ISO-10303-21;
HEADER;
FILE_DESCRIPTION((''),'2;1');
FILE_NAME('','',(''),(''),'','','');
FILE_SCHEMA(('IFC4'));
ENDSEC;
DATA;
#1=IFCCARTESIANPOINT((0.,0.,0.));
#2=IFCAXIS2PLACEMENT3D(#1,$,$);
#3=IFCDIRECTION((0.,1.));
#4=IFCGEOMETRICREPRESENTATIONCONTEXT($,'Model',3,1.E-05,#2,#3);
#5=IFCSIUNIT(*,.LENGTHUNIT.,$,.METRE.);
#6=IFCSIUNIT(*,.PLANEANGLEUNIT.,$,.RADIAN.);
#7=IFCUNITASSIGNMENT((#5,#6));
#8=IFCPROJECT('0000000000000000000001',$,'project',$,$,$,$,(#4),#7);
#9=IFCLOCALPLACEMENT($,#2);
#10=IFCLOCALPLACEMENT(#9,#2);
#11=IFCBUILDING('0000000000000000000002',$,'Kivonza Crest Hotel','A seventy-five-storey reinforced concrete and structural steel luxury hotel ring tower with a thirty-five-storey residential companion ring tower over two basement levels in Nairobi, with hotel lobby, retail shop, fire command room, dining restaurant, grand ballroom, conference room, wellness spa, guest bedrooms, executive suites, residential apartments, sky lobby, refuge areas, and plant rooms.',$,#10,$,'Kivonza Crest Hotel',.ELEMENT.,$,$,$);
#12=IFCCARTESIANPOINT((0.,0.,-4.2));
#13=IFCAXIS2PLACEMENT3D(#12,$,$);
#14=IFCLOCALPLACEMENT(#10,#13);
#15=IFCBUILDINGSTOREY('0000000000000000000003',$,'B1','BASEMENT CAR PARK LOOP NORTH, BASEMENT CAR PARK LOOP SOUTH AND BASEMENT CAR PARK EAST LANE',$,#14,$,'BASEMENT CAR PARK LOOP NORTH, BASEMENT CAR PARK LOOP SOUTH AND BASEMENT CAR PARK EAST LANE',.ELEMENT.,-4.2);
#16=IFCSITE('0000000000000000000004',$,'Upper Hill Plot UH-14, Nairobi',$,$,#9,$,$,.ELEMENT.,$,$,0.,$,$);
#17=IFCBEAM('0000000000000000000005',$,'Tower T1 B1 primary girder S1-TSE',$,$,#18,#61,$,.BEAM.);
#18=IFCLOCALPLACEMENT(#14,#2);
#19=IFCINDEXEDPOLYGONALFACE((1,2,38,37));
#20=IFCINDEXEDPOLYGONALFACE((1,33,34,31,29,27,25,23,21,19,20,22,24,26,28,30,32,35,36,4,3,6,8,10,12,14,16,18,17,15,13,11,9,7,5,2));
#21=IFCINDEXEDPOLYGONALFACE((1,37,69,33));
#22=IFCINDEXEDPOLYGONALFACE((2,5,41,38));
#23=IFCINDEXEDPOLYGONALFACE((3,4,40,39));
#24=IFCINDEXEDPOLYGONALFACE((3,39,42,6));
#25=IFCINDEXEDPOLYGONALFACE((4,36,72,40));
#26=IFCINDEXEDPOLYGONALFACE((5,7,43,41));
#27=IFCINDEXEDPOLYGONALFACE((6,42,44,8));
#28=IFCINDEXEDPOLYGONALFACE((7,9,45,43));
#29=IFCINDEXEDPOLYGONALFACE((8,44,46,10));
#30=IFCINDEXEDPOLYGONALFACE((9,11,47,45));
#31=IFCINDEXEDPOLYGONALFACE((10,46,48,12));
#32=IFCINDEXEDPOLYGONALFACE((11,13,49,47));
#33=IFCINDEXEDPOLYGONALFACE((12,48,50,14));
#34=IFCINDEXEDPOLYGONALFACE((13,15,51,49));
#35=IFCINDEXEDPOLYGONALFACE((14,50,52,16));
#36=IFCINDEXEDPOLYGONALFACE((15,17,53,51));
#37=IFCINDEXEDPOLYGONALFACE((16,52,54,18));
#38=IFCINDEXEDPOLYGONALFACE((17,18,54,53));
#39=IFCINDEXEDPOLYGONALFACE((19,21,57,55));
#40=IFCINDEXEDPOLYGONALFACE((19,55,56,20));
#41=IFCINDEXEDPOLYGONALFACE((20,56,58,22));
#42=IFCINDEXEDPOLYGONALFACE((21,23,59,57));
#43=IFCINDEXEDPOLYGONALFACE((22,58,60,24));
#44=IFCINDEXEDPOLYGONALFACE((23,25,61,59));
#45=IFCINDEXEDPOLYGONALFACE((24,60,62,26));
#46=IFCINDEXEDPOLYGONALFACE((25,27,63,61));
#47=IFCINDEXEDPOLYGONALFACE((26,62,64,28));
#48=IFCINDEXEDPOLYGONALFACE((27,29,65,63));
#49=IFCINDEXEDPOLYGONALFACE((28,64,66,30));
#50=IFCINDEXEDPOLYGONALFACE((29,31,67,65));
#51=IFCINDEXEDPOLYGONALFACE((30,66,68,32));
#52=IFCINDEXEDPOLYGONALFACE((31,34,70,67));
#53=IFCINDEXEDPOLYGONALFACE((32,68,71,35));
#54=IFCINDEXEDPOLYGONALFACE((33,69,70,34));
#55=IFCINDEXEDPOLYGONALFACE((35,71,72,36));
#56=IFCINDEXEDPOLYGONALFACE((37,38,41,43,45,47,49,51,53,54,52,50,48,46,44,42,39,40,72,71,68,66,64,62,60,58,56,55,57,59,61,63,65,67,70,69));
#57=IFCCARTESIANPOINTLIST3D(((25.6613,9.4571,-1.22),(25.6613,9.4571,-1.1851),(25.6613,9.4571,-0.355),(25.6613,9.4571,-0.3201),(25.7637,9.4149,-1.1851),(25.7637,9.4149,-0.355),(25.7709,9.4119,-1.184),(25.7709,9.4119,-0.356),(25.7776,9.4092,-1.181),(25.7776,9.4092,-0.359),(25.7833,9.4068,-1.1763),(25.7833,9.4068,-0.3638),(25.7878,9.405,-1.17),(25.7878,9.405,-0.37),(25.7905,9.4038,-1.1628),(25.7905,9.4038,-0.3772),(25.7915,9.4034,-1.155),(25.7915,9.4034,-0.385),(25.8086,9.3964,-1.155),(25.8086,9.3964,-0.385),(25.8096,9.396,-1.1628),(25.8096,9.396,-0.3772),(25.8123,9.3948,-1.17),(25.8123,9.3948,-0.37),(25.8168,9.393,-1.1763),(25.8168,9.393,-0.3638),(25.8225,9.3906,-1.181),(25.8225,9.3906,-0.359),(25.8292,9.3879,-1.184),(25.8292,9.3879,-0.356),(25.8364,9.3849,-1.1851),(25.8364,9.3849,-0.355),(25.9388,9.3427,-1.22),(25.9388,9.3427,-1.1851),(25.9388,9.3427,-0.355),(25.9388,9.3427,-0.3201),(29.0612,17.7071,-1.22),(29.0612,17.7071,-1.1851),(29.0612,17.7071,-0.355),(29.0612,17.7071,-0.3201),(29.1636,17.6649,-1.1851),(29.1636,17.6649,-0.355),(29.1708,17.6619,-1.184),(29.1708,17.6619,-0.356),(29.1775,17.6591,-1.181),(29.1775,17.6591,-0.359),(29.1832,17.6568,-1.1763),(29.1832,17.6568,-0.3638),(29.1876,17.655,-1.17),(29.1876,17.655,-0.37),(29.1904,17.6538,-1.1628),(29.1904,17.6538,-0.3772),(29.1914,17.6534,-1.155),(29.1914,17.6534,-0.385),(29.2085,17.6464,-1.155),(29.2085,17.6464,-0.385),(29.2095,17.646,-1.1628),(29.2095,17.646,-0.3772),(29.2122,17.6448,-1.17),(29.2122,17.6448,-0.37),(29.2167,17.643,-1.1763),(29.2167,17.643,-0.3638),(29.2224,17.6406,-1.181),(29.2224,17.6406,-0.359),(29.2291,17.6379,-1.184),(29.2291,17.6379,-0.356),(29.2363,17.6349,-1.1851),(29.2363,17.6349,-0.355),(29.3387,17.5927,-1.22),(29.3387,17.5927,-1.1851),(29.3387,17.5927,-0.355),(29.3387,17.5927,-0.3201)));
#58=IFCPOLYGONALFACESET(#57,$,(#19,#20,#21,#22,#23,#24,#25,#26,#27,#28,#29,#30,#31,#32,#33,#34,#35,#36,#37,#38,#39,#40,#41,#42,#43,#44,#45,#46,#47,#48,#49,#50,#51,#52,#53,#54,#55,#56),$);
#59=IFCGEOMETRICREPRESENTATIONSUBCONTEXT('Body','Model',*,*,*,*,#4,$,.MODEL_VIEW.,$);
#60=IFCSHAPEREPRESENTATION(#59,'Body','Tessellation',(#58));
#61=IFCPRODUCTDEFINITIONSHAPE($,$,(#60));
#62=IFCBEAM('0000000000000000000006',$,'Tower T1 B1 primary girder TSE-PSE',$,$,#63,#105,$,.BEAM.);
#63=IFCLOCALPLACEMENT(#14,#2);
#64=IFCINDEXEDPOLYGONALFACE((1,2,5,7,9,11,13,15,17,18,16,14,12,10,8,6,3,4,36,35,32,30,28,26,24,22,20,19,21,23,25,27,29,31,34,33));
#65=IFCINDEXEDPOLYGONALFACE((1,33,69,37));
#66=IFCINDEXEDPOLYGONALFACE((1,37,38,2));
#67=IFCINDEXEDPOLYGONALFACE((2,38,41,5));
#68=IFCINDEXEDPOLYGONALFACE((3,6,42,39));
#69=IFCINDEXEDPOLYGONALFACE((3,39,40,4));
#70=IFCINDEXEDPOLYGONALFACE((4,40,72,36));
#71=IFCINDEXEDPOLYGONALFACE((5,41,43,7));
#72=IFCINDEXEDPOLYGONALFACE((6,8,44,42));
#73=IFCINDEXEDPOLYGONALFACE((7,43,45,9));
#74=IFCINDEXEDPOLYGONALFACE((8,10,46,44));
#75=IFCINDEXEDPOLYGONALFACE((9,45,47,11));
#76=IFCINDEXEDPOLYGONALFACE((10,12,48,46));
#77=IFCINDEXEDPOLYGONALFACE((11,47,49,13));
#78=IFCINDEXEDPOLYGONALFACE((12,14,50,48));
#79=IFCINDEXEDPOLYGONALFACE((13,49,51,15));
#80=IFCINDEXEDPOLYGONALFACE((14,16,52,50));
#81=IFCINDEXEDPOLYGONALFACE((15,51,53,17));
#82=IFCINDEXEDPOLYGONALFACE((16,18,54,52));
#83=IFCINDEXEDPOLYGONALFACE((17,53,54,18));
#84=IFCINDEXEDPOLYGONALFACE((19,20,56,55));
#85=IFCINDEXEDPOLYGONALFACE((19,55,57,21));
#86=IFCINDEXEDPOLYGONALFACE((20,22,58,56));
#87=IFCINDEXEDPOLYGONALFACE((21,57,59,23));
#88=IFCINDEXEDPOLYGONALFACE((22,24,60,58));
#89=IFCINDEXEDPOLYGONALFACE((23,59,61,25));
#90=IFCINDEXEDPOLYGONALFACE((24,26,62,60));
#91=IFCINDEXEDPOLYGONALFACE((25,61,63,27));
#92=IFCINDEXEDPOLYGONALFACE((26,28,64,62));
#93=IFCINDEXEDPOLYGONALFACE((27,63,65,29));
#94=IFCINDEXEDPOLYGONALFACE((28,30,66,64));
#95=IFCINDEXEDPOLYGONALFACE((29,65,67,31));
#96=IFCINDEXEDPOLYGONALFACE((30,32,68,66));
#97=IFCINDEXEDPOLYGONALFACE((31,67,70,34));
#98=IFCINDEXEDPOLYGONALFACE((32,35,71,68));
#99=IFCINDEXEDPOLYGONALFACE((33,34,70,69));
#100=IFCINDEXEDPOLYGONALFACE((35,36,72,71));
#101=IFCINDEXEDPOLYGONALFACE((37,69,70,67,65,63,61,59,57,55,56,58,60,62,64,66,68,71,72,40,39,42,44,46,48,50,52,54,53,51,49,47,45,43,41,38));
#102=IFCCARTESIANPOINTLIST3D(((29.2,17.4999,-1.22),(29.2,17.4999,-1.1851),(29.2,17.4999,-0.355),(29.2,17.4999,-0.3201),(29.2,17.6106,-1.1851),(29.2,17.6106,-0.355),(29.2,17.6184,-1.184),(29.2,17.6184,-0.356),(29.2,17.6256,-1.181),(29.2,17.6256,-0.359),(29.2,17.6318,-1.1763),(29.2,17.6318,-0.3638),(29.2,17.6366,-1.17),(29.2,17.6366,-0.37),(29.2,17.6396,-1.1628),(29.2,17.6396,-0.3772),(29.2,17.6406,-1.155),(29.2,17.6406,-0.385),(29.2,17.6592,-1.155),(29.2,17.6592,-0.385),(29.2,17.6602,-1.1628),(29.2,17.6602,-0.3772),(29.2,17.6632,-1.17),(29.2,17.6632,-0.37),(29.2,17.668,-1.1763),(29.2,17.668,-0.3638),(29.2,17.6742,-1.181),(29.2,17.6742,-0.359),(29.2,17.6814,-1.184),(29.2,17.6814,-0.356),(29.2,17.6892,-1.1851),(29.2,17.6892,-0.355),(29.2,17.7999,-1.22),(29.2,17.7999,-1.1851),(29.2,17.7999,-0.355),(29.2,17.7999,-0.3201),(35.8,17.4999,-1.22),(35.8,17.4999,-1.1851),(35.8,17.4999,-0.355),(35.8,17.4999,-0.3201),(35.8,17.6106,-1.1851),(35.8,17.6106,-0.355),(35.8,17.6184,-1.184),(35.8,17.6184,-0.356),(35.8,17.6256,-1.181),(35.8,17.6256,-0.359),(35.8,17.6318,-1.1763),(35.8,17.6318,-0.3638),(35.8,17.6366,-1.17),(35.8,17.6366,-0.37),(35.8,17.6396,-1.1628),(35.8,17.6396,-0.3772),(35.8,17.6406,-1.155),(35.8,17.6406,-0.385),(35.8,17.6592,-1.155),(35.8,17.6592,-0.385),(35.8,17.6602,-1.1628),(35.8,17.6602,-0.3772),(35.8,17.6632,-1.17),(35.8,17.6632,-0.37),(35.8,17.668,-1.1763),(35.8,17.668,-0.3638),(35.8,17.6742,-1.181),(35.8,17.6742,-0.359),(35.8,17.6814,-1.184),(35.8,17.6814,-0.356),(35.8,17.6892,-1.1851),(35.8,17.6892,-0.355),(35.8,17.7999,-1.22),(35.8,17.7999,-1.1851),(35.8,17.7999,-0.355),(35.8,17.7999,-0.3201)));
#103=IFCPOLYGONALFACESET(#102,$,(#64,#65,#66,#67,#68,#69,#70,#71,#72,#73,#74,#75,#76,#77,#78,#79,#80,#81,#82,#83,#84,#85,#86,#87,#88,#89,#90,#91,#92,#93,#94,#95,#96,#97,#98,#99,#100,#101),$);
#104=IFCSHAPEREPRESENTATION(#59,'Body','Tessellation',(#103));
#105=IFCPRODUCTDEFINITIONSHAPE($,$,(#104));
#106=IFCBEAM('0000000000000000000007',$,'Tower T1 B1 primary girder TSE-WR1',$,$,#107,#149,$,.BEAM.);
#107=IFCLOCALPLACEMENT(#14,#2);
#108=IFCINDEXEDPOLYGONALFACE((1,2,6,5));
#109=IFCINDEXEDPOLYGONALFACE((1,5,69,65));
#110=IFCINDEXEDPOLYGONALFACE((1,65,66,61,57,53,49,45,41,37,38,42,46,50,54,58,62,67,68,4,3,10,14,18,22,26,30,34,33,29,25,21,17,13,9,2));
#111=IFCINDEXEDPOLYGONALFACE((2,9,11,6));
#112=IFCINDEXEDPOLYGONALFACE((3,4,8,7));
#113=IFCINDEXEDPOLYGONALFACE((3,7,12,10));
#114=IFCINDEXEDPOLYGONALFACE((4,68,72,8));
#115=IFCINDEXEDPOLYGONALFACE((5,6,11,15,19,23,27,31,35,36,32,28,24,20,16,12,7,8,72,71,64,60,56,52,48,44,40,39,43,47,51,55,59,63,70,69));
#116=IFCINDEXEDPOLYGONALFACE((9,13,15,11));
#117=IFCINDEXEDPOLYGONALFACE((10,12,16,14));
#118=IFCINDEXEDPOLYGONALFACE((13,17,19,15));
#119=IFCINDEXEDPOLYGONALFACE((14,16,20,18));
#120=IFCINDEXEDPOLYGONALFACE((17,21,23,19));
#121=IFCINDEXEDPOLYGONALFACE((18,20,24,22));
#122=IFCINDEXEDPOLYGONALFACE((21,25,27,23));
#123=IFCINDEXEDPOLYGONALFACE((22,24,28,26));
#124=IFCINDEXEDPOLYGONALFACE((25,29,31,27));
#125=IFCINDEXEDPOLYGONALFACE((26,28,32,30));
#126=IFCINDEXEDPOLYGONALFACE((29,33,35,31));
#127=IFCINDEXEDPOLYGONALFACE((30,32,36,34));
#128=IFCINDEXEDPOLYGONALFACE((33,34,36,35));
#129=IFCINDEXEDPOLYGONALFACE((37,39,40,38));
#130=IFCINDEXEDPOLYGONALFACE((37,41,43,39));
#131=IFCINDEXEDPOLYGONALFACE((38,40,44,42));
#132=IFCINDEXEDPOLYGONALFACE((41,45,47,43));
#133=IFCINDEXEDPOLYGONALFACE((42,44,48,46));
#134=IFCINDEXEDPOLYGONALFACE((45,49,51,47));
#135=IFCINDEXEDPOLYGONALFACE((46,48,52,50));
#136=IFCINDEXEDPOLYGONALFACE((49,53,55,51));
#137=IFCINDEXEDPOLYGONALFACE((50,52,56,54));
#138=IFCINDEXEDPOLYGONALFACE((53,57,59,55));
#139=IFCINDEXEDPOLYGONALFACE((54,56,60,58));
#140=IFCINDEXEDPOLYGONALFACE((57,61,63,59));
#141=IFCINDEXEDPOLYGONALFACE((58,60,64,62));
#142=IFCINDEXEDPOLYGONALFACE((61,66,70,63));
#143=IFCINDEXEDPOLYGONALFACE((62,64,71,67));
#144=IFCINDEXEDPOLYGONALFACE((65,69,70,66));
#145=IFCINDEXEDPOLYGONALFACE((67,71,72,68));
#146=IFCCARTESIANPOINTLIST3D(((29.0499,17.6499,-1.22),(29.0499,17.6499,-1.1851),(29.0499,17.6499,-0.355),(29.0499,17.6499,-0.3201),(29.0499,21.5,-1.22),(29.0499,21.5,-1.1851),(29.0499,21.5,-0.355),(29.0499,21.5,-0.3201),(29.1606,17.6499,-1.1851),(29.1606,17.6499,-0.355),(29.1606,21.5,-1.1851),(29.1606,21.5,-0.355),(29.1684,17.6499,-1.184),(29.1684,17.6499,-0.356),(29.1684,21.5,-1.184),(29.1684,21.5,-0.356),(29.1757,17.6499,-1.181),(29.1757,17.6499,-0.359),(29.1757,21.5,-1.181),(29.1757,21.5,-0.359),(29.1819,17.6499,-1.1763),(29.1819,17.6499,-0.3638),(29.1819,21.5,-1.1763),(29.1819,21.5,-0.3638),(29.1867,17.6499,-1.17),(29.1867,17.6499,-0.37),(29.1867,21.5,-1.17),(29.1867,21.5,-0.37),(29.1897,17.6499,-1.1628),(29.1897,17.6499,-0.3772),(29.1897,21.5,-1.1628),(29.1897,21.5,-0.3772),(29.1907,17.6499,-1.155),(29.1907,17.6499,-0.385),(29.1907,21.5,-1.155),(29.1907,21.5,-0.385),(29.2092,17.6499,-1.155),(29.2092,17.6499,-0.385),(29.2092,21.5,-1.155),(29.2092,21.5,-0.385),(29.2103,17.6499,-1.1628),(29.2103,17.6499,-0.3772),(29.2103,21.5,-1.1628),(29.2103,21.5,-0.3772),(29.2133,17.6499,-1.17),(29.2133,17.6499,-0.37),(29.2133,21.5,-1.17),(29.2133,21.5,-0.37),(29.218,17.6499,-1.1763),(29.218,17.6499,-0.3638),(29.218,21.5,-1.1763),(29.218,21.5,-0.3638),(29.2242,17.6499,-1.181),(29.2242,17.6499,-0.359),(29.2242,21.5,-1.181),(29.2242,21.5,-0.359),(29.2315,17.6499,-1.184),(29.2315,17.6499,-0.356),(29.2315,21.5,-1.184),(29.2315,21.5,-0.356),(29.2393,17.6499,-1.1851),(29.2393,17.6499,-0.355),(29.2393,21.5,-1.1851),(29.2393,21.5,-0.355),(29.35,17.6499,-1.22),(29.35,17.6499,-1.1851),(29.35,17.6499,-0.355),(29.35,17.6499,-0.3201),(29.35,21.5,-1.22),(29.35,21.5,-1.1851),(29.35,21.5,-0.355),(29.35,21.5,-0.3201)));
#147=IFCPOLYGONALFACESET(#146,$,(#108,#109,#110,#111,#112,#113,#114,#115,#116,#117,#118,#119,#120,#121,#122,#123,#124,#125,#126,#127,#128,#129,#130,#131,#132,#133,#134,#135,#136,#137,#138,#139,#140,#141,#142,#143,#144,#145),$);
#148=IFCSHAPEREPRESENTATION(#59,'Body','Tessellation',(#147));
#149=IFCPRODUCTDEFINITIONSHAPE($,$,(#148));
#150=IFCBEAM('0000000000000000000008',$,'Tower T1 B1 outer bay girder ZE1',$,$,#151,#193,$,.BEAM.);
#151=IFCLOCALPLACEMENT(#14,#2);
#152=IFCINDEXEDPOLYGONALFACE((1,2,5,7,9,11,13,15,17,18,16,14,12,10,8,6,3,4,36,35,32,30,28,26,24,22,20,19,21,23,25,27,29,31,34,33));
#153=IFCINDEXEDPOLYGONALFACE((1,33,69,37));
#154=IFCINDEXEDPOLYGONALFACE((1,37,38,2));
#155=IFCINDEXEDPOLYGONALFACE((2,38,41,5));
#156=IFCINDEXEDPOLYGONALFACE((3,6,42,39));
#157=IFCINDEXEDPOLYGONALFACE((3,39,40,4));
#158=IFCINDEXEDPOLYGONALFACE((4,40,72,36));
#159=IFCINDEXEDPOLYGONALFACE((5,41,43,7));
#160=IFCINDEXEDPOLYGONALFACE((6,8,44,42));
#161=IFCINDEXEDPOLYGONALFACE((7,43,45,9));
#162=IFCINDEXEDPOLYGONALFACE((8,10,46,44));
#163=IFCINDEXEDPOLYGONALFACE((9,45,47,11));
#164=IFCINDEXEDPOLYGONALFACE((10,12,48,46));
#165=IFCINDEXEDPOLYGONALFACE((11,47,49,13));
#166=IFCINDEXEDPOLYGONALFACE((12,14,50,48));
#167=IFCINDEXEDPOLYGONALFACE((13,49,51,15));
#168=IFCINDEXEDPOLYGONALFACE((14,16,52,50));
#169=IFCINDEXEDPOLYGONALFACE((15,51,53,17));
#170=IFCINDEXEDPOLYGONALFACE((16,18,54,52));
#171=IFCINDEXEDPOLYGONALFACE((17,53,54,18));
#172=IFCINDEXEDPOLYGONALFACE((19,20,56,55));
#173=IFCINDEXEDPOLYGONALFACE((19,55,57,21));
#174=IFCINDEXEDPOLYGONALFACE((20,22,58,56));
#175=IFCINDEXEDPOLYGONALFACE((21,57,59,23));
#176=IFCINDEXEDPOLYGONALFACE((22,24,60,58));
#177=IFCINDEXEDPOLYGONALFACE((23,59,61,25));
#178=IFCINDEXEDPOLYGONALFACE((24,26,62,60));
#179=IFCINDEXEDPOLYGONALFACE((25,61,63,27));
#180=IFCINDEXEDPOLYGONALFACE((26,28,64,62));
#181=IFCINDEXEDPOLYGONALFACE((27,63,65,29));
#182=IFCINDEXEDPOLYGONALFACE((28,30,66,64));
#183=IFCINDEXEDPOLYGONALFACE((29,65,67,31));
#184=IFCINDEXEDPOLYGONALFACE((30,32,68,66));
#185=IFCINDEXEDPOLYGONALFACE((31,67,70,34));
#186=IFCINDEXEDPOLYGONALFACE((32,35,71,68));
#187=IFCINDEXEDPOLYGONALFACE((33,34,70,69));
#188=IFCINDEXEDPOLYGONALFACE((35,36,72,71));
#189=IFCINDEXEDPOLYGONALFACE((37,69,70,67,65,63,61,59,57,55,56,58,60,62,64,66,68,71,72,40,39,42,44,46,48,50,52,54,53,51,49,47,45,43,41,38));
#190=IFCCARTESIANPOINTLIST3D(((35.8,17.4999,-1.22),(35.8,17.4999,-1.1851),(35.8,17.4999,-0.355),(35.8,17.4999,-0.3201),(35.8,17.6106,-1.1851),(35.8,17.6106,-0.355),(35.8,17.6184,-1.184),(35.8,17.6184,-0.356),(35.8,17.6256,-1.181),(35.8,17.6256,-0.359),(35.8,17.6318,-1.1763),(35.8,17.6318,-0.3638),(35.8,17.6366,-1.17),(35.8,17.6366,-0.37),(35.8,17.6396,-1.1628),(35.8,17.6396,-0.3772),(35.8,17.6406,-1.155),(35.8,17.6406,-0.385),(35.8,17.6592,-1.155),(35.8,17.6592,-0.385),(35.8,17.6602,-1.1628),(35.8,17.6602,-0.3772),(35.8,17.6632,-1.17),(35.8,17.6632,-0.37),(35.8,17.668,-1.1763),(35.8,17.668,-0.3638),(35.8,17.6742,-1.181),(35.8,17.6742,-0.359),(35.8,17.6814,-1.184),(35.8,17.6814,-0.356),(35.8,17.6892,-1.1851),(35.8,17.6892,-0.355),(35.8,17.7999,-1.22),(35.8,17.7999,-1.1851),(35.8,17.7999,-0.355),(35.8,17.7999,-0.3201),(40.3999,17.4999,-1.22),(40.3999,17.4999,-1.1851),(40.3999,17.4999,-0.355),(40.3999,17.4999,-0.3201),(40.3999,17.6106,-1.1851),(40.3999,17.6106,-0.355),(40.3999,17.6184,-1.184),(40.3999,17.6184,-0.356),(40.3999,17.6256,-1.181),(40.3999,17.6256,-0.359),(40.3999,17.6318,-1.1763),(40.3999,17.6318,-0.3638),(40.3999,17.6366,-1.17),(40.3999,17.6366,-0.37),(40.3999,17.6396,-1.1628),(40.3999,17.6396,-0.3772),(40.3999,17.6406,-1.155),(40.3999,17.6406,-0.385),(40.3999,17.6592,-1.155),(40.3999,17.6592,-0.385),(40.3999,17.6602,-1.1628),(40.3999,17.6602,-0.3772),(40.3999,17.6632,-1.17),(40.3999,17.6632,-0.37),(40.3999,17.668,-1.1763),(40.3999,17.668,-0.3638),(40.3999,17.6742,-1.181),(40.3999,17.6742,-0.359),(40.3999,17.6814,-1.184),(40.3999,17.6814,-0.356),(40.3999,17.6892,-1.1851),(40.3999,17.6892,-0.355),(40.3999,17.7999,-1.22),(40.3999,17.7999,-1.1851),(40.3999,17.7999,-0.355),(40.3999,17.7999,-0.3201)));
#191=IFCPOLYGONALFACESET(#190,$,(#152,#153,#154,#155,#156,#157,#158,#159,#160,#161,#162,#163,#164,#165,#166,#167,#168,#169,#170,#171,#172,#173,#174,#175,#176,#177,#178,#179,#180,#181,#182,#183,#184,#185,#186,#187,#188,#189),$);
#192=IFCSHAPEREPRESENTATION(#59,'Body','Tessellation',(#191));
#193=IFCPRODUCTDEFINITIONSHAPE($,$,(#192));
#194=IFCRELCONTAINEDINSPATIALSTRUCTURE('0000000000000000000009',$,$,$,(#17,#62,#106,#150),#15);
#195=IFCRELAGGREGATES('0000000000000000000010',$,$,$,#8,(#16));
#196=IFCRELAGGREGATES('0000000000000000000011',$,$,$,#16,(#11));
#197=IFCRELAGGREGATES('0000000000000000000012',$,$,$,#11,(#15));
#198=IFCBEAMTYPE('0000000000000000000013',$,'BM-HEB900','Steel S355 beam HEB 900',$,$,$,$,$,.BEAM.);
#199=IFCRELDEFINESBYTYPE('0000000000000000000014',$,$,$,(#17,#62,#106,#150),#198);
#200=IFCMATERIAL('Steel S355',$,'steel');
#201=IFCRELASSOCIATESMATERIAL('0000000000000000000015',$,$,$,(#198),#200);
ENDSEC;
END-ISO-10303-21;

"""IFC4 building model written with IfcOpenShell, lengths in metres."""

from ifc_helpers import new_model, si_unit, direction, frame, origin, origin_2d, place, context, subcontext, project, spatial, i_section, extrude, material, material_profile, profile_set, type_object, element, save


model = new_model("IFC4")

# Units and contexts
model_context = context("Model", 3, precision=1e-05, world=origin(), true_north=direction((0.0, 1.0)))
body_context = subcontext(model_context, "Body", "Model", "MODEL_VIEW")
ifc_project = project(units=[si_unit("LENGTHUNIT", "METRE"), si_unit("PLANEANGLEUNIT", "RADIAN")], contexts=[model_context])

# Site, building, storey
site_placement = place(None, origin())
site = spatial("IfcSite", under=ifc_project, at=site_placement, Name="Upper Hill Plot UH-14, Nairobi", CompositionType="ELEMENT", RefElevation=0.0)
building_placement = place(site_placement, origin())
building = spatial("IfcBuilding", under=site, at=building_placement, Name="Kivonza Crest Hotel", Description="A seventy-five-storey reinforced concrete and structural steel luxury hotel ring tower with a thirty-five-storey residential companion ring tower over two basement levels in Nairobi, with hotel lobby, retail shop, fire command room, dining restaurant, grand ballroom, conference room, wellness spa, guest bedrooms, executive suites, residential apartments, sky lobby, refuge areas, and plant rooms.", LongName="Kivonza Crest Hotel", CompositionType="ELEMENT")
storey_placement = place(building_placement, frame((0.0, 0.0, -4.2)))
storey = spatial("IfcBuildingStorey", under=building, at=storey_placement, Name="B1", Description="BASEMENT CAR PARK LOOP NORTH, BASEMENT CAR PARK LOOP SOUTH AND BASEMENT CAR PARK EAST LANE", LongName="BASEMENT CAR PARK LOOP NORTH, BASEMENT CAR PARK LOOP SOUTH AND BASEMENT CAR PARK EAST LANE", CompositionType="ELEMENT", Elevation=-4.2)

# Beams
ifc_material_1 = material(Name="Steel S355", Category="steel")
ifc_material_profile_1 = material_profile(ifc_material_1, i_section(OverallWidth=0.3, OverallDepth=0.8999, WebThickness=0.0186, FlangeThickness=0.0349, FilletRadius=0.03, at=origin_2d()), Name="HEB 900")
ifc_profile_set_1 = profile_set([ifc_material_profile_1], Name="Steel S355")
beam_type_1 = type_object("IfcBeamType", Name="BM-HEB900", Description="Steel S355 beam HEB 900", PredefinedType="BEAM", material=ifc_profile_set_1)
beam_1_placement = place(storey_placement, frame((25.8, 9.3999, -0.77), z_axis=(0.381022, 0.924566, 0.0), x_axis=(-0.924566, 0.381022, 0.0)))
element("IfcBeam", 1, at=beam_1_placement, inside=storey, type_object=beam_type_1, Name="Tower T1 B1 primary girder S1-TSE", PredefinedType="BEAM", context=body_context, shape_type="SweptSolid", body=[
    extrude(i_section(OverallWidth=0.3, OverallDepth=0.8999, WebThickness=0.0186, FlangeThickness=0.0349, FilletRadius=0.03, at=origin_2d()), origin(), (0.0, 0.0, 1.0), 8.9231),
])
beam_2_placement = place(storey_placement, frame((29.2, 17.6499, -0.77), z_axis=(1.0, 0.0, 0.0), x_axis=(0.0, 1.0, 0.0)))
element("IfcBeam", 2, at=beam_2_placement, inside=storey, type_object=beam_type_1, Name="Tower T1 B1 primary girder TSE-PSE", PredefinedType="BEAM", context=body_context, shape_type="SweptSolid", body=[
    extrude(i_section(OverallWidth=0.3, OverallDepth=0.8999, WebThickness=0.0186, FlangeThickness=0.0349, FilletRadius=0.03, at=origin_2d()), origin(), (0.0, 0.0, 1.0), 6.6001),
])
beam_3_placement = place(storey_placement, frame((29.2, 17.6499, -0.77), z_axis=(0.0, 1.0, 0.0), x_axis=(-1.0, 0.0, 0.0)))
element("IfcBeam", 3, at=beam_3_placement, inside=storey, type_object=beam_type_1, Name="Tower T1 B1 primary girder TSE-WR1", PredefinedType="BEAM", context=body_context, shape_type="SweptSolid", body=[
    extrude(i_section(OverallWidth=0.3, OverallDepth=0.8999, WebThickness=0.0186, FlangeThickness=0.0349, FilletRadius=0.03, at=origin_2d()), origin(), (0.0, 0.0, 1.0), 3.8501),
])
beam_4_placement = place(storey_placement, frame((40.3999, 17.6499, -0.77), z_axis=(-1.0, 0.0, 0.0), x_axis=(0.0, -1.0, 0.0)))
element("IfcBeam", 4, at=beam_4_placement, inside=storey, type_object=beam_type_1, Name="Tower T1 B1 outer bay girder ZE1", PredefinedType="BEAM", context=body_context, shape_type="SweptSolid", body=[
    extrude(i_section(OverallWidth=0.3, OverallDepth=0.8999, WebThickness=0.0186, FlangeThickness=0.0349, FilletRadius=0.03, at=origin_2d()), origin(), (0.0, 0.0, 1.0), 4.5999),
])

save(model, "model.ifc")
